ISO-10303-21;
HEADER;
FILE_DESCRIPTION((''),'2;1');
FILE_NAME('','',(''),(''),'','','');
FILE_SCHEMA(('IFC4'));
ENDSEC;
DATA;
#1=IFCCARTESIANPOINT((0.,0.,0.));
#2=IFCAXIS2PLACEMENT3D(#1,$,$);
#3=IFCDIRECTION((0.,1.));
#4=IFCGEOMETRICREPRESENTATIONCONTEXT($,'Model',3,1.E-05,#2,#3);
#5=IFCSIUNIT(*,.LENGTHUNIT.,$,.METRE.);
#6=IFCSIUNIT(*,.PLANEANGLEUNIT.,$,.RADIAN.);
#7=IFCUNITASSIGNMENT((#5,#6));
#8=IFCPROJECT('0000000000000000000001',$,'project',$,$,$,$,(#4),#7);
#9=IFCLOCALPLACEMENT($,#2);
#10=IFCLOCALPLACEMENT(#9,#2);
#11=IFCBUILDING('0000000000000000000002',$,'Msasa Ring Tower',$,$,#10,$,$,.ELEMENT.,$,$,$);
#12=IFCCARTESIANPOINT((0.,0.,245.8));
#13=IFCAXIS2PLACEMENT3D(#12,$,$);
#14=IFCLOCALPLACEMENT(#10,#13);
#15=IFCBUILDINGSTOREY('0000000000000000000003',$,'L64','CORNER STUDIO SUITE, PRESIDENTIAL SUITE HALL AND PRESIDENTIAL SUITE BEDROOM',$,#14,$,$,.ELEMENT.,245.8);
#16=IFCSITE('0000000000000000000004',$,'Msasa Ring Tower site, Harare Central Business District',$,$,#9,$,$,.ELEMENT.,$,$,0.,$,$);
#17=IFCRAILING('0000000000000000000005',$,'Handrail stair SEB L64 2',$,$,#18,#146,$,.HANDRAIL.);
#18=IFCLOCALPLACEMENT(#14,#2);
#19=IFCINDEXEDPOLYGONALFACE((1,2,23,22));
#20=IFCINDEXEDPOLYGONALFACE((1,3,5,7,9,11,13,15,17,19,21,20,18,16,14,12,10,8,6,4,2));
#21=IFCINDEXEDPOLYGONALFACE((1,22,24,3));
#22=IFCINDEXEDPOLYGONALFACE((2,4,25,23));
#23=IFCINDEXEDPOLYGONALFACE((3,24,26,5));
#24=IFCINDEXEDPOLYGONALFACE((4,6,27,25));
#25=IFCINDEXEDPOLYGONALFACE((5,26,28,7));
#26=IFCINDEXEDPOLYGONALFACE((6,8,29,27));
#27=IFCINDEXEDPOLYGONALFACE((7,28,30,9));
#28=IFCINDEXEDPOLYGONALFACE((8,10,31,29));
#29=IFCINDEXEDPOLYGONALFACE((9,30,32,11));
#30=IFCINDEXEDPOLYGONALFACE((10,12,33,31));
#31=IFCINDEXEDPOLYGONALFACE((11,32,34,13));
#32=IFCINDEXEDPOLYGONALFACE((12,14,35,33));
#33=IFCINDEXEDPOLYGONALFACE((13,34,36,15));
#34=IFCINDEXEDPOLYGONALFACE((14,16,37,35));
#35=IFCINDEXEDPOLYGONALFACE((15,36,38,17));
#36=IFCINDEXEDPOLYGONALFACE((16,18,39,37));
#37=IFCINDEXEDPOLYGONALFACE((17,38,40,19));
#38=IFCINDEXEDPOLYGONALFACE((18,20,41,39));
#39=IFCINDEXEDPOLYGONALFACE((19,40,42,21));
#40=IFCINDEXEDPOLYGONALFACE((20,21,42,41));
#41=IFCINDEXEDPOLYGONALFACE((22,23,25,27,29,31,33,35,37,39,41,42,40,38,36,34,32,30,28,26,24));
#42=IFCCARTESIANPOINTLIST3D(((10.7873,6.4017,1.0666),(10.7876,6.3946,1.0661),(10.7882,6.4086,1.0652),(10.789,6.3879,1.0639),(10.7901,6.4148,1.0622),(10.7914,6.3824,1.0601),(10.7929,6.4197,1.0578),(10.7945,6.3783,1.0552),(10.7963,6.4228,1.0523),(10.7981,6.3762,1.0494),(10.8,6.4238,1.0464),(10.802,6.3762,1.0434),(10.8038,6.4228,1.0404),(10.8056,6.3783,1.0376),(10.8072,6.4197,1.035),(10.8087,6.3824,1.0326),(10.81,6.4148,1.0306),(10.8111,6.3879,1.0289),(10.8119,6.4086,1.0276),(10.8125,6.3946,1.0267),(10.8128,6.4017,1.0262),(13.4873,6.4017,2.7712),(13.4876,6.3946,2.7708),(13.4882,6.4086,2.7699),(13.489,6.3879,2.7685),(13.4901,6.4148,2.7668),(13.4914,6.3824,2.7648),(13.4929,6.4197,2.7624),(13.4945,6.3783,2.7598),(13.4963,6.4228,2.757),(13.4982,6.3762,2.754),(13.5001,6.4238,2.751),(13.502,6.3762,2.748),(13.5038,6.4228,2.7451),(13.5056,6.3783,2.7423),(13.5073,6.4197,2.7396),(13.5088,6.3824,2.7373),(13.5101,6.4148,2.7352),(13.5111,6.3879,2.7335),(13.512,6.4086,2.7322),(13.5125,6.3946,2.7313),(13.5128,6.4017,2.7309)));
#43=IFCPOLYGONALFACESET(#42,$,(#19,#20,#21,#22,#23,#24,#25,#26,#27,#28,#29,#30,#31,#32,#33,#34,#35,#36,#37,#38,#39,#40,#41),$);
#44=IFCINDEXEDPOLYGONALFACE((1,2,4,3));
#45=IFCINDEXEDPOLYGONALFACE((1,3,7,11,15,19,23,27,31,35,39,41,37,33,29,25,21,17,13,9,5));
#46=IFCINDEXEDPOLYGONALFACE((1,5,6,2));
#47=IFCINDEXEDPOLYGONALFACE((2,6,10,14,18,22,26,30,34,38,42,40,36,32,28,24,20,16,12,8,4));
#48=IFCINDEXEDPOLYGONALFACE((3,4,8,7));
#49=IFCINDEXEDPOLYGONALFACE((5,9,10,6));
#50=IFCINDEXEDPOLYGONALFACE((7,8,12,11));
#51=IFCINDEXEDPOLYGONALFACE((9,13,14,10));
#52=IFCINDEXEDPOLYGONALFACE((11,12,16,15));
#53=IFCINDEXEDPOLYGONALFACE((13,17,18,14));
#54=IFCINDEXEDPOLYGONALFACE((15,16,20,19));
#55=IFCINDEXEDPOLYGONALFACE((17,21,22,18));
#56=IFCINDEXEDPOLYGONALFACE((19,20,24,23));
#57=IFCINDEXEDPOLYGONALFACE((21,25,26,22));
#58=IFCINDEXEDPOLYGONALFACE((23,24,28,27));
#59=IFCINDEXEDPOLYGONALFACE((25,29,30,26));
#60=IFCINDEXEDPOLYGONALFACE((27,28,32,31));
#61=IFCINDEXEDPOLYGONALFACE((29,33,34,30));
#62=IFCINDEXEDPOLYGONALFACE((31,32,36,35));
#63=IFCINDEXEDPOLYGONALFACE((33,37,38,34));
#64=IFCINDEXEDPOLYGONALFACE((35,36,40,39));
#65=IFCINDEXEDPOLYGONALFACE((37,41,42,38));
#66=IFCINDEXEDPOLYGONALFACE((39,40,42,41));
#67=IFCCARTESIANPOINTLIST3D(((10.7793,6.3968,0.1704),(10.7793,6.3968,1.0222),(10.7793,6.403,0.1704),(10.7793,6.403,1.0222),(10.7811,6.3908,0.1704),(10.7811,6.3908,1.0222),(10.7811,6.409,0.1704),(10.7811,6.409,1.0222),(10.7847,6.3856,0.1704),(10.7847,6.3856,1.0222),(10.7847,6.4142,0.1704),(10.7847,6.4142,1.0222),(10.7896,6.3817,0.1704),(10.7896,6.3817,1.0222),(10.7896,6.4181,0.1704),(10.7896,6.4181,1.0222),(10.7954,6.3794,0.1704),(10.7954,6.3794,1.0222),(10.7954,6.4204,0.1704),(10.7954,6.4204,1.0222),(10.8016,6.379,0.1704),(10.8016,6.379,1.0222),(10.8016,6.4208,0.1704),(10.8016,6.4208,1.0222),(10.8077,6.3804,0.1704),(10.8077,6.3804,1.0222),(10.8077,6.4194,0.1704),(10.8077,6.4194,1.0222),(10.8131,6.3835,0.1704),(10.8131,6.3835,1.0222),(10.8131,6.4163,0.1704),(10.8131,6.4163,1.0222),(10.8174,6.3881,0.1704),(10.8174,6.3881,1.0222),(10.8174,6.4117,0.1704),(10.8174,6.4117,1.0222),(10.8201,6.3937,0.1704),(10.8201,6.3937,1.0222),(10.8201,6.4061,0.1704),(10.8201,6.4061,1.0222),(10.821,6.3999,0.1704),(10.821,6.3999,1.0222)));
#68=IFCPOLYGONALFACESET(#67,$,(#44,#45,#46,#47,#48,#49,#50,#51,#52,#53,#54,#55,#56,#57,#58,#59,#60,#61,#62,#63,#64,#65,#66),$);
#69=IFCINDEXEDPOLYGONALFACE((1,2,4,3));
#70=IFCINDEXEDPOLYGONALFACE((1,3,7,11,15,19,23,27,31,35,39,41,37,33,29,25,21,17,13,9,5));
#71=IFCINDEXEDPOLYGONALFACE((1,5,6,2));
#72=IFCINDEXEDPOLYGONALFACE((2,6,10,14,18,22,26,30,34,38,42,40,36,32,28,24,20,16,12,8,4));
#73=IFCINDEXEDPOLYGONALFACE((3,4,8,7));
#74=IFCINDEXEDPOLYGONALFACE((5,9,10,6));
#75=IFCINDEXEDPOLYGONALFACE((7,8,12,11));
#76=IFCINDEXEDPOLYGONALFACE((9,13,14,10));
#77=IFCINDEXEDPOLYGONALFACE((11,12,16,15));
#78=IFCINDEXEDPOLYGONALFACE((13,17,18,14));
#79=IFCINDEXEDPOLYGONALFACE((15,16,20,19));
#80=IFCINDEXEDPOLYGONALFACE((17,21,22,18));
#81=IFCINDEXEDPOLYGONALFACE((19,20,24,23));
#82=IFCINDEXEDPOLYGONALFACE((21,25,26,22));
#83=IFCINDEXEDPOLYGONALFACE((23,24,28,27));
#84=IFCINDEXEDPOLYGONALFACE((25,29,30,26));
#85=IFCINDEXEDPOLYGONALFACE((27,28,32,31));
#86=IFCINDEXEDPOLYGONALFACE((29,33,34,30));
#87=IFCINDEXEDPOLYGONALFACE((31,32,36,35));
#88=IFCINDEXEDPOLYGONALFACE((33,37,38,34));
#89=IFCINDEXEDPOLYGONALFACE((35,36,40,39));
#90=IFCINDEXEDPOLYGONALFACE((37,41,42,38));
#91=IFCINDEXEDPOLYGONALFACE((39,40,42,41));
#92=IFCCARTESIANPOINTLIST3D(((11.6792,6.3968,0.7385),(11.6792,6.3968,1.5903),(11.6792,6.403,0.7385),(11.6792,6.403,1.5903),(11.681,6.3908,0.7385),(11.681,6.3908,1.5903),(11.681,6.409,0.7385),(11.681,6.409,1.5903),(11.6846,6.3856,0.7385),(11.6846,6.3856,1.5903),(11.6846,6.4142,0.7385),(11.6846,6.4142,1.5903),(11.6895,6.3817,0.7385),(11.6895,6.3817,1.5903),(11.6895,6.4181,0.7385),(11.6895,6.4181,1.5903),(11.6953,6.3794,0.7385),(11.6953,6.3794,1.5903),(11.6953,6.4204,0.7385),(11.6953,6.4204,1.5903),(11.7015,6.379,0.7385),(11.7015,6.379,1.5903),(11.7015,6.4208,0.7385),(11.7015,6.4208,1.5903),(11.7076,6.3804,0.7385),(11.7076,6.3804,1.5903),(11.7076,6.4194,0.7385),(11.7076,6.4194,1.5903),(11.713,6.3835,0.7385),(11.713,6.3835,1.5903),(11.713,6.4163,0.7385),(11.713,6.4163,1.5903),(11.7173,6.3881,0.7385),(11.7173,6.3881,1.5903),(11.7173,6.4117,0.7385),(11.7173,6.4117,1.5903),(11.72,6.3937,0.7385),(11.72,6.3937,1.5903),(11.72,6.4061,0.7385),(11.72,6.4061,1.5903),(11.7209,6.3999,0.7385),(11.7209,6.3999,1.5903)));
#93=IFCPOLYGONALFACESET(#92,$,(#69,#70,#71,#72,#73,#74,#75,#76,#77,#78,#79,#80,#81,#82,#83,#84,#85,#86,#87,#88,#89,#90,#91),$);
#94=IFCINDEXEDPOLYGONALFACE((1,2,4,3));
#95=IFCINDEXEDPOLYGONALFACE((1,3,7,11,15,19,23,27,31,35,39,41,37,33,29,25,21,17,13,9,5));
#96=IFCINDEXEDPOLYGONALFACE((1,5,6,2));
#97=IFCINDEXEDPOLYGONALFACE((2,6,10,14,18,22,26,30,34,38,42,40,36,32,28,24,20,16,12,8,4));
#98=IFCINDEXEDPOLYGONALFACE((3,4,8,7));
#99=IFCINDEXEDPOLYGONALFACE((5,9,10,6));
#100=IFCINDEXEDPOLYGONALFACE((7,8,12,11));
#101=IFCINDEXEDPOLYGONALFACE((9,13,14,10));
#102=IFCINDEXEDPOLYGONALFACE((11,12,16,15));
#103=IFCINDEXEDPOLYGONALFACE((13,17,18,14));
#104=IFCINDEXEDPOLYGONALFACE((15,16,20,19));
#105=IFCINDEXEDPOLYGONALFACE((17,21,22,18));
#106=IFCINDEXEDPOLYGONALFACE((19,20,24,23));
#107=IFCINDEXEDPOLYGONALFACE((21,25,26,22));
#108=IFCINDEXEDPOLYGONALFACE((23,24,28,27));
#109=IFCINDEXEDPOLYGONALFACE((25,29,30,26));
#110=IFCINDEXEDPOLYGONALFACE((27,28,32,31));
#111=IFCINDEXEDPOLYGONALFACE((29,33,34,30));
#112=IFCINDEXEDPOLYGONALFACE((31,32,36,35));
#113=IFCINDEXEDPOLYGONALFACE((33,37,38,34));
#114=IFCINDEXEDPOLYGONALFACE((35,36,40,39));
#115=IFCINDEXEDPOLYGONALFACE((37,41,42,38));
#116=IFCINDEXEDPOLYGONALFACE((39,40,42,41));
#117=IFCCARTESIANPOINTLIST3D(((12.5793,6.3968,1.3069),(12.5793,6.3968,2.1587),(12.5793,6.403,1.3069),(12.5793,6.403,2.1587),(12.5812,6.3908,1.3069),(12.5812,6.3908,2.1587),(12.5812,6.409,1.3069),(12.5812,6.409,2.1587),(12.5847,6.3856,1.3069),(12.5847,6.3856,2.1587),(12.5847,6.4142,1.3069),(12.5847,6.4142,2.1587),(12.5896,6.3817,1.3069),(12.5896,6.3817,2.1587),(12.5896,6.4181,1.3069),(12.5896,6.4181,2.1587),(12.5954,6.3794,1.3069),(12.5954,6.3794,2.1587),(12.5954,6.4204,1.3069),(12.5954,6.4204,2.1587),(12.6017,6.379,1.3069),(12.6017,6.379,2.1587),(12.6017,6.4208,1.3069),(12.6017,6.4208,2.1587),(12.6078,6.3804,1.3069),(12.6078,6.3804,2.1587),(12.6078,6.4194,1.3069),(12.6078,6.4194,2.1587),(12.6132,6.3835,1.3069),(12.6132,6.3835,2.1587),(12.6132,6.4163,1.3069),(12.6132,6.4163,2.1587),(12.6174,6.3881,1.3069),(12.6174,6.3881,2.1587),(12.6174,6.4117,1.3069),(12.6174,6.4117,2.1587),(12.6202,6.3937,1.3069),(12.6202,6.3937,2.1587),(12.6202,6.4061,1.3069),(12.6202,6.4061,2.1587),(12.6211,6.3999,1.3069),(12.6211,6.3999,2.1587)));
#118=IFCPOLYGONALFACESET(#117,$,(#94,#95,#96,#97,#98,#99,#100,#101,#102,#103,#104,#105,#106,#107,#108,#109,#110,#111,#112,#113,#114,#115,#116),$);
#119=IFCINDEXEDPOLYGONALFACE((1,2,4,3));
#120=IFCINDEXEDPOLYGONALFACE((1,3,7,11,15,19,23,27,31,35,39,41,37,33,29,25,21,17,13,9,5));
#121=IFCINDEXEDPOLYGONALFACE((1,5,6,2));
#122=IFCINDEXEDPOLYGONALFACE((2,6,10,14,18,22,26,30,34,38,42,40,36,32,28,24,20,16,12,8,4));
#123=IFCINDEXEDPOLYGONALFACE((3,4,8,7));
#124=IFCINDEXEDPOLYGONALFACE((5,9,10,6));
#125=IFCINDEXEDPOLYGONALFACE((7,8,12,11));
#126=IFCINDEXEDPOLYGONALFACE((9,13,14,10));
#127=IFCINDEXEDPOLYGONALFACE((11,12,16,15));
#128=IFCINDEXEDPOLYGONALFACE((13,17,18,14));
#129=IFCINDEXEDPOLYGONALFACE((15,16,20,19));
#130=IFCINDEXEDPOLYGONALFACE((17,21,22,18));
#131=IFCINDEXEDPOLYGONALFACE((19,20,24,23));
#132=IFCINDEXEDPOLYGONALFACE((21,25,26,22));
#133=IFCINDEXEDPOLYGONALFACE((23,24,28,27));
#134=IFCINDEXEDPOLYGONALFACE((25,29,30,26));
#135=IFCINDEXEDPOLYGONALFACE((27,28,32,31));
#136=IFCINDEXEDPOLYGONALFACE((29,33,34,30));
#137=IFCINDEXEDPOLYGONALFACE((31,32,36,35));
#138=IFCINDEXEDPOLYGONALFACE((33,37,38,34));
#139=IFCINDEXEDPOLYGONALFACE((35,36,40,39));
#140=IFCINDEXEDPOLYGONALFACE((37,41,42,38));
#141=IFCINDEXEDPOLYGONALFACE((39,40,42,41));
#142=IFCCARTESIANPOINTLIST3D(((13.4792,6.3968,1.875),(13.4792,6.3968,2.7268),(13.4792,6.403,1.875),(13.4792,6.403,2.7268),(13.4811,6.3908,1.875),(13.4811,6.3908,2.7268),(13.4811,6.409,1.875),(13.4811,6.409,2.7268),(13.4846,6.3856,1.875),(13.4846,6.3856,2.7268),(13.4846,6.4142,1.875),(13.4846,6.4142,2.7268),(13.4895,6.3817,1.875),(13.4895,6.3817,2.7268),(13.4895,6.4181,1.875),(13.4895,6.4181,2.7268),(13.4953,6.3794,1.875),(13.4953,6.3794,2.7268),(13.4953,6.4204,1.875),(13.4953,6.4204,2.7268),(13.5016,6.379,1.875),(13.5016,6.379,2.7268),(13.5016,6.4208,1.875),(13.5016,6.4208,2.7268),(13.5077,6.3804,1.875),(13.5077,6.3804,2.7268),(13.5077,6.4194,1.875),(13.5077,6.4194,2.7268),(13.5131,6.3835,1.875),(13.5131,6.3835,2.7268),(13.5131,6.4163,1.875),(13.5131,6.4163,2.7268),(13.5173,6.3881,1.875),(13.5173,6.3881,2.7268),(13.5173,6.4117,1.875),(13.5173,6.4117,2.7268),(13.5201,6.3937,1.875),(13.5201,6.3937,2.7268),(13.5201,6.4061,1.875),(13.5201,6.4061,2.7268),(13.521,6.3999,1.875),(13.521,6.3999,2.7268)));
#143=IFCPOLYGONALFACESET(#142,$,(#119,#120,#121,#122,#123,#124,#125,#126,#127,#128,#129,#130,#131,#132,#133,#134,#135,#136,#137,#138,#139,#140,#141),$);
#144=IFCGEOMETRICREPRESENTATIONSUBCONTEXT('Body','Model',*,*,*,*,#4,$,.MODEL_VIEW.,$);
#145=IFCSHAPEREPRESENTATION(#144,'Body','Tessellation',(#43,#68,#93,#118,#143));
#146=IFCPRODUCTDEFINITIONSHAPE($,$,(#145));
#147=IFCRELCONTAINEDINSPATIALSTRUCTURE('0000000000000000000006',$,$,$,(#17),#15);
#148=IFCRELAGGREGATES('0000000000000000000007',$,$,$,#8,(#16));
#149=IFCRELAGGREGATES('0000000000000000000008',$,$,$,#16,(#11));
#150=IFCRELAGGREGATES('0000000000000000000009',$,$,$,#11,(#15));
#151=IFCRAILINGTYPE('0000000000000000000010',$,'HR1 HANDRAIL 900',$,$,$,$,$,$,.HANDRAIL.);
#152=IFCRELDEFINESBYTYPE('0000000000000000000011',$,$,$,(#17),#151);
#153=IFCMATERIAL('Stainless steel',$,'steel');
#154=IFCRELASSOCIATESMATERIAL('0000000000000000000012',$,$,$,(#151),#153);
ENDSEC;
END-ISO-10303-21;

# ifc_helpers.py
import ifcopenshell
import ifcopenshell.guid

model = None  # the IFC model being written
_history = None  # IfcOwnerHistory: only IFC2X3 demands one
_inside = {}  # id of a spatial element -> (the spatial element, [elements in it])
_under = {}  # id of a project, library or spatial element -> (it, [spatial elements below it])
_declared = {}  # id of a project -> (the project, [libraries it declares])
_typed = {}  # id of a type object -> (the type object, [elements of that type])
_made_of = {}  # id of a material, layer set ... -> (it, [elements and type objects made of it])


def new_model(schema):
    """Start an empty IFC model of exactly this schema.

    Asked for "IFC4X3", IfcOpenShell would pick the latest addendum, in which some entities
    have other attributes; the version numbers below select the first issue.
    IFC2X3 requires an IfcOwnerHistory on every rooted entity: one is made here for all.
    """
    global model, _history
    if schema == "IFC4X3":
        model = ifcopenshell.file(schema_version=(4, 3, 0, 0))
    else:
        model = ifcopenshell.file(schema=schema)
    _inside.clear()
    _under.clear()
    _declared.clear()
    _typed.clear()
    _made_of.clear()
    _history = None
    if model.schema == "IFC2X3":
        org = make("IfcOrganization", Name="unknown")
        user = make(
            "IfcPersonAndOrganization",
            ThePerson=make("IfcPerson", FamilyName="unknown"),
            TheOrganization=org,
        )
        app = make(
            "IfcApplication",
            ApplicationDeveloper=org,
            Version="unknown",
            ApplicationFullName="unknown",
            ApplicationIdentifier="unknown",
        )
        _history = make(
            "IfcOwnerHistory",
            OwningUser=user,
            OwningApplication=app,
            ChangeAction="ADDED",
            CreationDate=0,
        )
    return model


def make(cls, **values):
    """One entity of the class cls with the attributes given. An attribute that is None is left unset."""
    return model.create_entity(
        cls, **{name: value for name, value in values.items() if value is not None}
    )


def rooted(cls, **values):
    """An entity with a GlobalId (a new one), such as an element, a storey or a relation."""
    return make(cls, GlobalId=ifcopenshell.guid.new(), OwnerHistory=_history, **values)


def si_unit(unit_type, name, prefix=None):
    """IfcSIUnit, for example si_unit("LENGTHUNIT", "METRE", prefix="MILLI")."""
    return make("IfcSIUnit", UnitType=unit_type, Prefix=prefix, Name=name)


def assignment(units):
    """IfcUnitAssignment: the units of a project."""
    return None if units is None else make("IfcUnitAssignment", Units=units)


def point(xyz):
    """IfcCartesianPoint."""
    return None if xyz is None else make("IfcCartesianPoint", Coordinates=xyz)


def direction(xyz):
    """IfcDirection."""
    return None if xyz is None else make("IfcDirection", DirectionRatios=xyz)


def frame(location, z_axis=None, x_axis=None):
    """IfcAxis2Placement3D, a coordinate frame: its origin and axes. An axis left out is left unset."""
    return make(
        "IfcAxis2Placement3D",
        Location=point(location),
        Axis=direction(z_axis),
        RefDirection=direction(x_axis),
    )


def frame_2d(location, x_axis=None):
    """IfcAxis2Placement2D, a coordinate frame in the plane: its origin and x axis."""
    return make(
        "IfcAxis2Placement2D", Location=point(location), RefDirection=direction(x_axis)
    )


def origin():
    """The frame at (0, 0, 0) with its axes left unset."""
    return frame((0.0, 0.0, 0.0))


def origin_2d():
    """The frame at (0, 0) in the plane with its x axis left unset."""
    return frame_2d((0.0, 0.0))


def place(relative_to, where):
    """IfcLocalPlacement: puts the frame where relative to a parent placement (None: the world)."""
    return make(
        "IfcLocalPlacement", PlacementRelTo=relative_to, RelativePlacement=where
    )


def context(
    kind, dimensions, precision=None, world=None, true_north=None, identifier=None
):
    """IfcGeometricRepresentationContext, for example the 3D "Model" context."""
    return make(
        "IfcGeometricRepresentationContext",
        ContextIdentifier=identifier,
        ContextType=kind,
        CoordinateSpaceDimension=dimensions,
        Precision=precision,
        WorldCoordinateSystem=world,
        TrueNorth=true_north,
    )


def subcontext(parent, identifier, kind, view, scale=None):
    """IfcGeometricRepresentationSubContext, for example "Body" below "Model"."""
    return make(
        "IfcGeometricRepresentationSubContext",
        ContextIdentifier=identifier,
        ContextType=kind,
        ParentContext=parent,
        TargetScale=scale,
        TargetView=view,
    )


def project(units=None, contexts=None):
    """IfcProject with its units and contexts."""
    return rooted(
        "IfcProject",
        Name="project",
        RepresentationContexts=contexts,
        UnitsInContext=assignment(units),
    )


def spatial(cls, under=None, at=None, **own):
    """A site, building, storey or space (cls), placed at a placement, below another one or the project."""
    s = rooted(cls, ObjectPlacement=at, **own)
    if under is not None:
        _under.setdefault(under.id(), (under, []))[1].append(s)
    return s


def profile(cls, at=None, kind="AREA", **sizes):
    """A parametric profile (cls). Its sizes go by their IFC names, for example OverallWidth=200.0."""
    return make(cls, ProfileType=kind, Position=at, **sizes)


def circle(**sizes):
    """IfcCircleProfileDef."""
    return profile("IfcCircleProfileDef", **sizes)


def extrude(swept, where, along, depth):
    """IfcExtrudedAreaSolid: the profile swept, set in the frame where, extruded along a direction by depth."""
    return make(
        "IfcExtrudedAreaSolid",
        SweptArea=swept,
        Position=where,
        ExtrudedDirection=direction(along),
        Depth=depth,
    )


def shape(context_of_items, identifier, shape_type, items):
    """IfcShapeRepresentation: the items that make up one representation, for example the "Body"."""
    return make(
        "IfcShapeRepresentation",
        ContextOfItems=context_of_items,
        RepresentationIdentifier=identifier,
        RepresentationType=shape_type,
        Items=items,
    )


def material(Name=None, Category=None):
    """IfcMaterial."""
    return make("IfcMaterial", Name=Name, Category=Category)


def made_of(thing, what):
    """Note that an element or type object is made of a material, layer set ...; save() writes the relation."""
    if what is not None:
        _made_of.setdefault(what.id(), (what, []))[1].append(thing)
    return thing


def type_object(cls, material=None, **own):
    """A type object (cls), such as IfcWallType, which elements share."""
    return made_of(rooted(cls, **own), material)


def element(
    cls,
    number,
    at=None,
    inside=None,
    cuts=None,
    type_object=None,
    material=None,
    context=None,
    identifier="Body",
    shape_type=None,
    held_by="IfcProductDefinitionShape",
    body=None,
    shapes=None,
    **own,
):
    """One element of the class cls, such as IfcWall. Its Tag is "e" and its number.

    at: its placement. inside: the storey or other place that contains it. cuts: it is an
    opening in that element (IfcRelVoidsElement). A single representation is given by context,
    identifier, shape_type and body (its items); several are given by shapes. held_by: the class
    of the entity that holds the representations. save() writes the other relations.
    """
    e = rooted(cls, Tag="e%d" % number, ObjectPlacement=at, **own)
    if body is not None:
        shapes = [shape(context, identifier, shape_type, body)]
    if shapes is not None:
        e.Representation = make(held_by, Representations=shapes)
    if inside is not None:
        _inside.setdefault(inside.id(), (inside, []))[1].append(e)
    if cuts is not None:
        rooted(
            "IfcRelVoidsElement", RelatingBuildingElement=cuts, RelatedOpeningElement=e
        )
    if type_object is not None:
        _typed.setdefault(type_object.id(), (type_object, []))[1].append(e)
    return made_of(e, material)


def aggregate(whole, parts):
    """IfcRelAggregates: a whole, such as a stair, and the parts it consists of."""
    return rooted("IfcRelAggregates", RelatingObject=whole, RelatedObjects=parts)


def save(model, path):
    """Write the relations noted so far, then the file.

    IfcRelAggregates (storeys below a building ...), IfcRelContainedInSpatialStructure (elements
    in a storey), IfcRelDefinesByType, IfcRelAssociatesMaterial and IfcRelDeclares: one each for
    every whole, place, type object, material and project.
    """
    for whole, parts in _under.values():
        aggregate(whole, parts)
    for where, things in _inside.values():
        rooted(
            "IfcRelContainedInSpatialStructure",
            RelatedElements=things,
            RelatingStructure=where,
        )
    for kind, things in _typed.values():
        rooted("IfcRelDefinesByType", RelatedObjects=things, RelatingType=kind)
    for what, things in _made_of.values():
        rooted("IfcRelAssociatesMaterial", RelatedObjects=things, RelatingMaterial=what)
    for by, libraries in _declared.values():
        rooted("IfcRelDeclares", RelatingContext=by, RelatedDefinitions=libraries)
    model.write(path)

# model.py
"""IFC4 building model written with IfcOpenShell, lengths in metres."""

from ifc_helpers import new_model, si_unit, direction, frame, origin, origin_2d, place, context, subcontext, project, spatial, circle, extrude, material, type_object, element, save


model = new_model("IFC4")

# Units and contexts
model_context = context("Model", 3, precision=1e-05, world=origin(), true_north=direction((0.0, 1.0)))
body_context = subcontext(model_context, "Body", "Model", "MODEL_VIEW")
ifc_project = project(units=[si_unit("LENGTHUNIT", "METRE"), si_unit("PLANEANGLEUNIT", "RADIAN")], contexts=[model_context])

# Site, building, storey
site_placement = place(None, origin())
site = spatial("IfcSite", under=ifc_project, at=site_placement, Name="Msasa Ring Tower site, Harare Central Business District", CompositionType="ELEMENT", RefElevation=0.0)
building_placement = place(site_placement, origin())
building = spatial("IfcBuilding", under=site, at=building_placement, Name="Msasa Ring Tower", CompositionType="ELEMENT")
storey_placement = place(building_placement, frame((0.0, 0.0, 245.8)))
storey = spatial("IfcBuildingStorey", under=building, at=storey_placement, Name="L64", Description="CORNER STUDIO SUITE, PRESIDENTIAL SUITE HALL AND PRESIDENTIAL SUITE BEDROOM", CompositionType="ELEMENT", Elevation=245.8)

# Railing
ifc_material_1 = material(Name="Stainless steel", Category="steel")
railing_type = type_object("IfcRailingType", Name="HR1 HANDRAIL 900", PredefinedType="HANDRAIL", material=ifc_material_1)
for number, where, name in (
    (1, (10.8, 6.3999, 0.1704), "Handrail stair SEB L64 2"),
):
    element("IfcRailing", number, at=place(storey_placement, frame(where)), inside=storey, type_object=railing_type, Name=name, PredefinedType="HANDRAIL", context=body_context, shape_type="SweptSolid", body=[
        extrude(circle(Radius=0.0239, at=origin_2d()), frame((0.0, 0.0, 0.876), z_axis=(0.84558, 0.0, 0.533849), x_axis=(0.0, 1.0, 0.0)), (0.0, 0.0, 1.0), 3.1931),
        extrude(circle(Radius=0.021, at=origin_2d()), origin(), (0.0, 0.0, 1.0), 0.8518),
        extrude(circle(Radius=0.021, at=origin_2d()), frame((0.8999, 0.0, 0.5681)), (0.0, 0.0, 1.0), 0.8518),
        extrude(circle(Radius=0.021, at=origin_2d()), frame((1.8, 0.0, 1.1365)), (0.0, 0.0, 1.0), 0.8518),
        extrude(circle(Radius=0.021, at=origin_2d()), frame((2.7, 0.0, 1.7046)), (0.0, 0.0, 1.0), 0.8518),
    ])

save(model, "model.ifc")
